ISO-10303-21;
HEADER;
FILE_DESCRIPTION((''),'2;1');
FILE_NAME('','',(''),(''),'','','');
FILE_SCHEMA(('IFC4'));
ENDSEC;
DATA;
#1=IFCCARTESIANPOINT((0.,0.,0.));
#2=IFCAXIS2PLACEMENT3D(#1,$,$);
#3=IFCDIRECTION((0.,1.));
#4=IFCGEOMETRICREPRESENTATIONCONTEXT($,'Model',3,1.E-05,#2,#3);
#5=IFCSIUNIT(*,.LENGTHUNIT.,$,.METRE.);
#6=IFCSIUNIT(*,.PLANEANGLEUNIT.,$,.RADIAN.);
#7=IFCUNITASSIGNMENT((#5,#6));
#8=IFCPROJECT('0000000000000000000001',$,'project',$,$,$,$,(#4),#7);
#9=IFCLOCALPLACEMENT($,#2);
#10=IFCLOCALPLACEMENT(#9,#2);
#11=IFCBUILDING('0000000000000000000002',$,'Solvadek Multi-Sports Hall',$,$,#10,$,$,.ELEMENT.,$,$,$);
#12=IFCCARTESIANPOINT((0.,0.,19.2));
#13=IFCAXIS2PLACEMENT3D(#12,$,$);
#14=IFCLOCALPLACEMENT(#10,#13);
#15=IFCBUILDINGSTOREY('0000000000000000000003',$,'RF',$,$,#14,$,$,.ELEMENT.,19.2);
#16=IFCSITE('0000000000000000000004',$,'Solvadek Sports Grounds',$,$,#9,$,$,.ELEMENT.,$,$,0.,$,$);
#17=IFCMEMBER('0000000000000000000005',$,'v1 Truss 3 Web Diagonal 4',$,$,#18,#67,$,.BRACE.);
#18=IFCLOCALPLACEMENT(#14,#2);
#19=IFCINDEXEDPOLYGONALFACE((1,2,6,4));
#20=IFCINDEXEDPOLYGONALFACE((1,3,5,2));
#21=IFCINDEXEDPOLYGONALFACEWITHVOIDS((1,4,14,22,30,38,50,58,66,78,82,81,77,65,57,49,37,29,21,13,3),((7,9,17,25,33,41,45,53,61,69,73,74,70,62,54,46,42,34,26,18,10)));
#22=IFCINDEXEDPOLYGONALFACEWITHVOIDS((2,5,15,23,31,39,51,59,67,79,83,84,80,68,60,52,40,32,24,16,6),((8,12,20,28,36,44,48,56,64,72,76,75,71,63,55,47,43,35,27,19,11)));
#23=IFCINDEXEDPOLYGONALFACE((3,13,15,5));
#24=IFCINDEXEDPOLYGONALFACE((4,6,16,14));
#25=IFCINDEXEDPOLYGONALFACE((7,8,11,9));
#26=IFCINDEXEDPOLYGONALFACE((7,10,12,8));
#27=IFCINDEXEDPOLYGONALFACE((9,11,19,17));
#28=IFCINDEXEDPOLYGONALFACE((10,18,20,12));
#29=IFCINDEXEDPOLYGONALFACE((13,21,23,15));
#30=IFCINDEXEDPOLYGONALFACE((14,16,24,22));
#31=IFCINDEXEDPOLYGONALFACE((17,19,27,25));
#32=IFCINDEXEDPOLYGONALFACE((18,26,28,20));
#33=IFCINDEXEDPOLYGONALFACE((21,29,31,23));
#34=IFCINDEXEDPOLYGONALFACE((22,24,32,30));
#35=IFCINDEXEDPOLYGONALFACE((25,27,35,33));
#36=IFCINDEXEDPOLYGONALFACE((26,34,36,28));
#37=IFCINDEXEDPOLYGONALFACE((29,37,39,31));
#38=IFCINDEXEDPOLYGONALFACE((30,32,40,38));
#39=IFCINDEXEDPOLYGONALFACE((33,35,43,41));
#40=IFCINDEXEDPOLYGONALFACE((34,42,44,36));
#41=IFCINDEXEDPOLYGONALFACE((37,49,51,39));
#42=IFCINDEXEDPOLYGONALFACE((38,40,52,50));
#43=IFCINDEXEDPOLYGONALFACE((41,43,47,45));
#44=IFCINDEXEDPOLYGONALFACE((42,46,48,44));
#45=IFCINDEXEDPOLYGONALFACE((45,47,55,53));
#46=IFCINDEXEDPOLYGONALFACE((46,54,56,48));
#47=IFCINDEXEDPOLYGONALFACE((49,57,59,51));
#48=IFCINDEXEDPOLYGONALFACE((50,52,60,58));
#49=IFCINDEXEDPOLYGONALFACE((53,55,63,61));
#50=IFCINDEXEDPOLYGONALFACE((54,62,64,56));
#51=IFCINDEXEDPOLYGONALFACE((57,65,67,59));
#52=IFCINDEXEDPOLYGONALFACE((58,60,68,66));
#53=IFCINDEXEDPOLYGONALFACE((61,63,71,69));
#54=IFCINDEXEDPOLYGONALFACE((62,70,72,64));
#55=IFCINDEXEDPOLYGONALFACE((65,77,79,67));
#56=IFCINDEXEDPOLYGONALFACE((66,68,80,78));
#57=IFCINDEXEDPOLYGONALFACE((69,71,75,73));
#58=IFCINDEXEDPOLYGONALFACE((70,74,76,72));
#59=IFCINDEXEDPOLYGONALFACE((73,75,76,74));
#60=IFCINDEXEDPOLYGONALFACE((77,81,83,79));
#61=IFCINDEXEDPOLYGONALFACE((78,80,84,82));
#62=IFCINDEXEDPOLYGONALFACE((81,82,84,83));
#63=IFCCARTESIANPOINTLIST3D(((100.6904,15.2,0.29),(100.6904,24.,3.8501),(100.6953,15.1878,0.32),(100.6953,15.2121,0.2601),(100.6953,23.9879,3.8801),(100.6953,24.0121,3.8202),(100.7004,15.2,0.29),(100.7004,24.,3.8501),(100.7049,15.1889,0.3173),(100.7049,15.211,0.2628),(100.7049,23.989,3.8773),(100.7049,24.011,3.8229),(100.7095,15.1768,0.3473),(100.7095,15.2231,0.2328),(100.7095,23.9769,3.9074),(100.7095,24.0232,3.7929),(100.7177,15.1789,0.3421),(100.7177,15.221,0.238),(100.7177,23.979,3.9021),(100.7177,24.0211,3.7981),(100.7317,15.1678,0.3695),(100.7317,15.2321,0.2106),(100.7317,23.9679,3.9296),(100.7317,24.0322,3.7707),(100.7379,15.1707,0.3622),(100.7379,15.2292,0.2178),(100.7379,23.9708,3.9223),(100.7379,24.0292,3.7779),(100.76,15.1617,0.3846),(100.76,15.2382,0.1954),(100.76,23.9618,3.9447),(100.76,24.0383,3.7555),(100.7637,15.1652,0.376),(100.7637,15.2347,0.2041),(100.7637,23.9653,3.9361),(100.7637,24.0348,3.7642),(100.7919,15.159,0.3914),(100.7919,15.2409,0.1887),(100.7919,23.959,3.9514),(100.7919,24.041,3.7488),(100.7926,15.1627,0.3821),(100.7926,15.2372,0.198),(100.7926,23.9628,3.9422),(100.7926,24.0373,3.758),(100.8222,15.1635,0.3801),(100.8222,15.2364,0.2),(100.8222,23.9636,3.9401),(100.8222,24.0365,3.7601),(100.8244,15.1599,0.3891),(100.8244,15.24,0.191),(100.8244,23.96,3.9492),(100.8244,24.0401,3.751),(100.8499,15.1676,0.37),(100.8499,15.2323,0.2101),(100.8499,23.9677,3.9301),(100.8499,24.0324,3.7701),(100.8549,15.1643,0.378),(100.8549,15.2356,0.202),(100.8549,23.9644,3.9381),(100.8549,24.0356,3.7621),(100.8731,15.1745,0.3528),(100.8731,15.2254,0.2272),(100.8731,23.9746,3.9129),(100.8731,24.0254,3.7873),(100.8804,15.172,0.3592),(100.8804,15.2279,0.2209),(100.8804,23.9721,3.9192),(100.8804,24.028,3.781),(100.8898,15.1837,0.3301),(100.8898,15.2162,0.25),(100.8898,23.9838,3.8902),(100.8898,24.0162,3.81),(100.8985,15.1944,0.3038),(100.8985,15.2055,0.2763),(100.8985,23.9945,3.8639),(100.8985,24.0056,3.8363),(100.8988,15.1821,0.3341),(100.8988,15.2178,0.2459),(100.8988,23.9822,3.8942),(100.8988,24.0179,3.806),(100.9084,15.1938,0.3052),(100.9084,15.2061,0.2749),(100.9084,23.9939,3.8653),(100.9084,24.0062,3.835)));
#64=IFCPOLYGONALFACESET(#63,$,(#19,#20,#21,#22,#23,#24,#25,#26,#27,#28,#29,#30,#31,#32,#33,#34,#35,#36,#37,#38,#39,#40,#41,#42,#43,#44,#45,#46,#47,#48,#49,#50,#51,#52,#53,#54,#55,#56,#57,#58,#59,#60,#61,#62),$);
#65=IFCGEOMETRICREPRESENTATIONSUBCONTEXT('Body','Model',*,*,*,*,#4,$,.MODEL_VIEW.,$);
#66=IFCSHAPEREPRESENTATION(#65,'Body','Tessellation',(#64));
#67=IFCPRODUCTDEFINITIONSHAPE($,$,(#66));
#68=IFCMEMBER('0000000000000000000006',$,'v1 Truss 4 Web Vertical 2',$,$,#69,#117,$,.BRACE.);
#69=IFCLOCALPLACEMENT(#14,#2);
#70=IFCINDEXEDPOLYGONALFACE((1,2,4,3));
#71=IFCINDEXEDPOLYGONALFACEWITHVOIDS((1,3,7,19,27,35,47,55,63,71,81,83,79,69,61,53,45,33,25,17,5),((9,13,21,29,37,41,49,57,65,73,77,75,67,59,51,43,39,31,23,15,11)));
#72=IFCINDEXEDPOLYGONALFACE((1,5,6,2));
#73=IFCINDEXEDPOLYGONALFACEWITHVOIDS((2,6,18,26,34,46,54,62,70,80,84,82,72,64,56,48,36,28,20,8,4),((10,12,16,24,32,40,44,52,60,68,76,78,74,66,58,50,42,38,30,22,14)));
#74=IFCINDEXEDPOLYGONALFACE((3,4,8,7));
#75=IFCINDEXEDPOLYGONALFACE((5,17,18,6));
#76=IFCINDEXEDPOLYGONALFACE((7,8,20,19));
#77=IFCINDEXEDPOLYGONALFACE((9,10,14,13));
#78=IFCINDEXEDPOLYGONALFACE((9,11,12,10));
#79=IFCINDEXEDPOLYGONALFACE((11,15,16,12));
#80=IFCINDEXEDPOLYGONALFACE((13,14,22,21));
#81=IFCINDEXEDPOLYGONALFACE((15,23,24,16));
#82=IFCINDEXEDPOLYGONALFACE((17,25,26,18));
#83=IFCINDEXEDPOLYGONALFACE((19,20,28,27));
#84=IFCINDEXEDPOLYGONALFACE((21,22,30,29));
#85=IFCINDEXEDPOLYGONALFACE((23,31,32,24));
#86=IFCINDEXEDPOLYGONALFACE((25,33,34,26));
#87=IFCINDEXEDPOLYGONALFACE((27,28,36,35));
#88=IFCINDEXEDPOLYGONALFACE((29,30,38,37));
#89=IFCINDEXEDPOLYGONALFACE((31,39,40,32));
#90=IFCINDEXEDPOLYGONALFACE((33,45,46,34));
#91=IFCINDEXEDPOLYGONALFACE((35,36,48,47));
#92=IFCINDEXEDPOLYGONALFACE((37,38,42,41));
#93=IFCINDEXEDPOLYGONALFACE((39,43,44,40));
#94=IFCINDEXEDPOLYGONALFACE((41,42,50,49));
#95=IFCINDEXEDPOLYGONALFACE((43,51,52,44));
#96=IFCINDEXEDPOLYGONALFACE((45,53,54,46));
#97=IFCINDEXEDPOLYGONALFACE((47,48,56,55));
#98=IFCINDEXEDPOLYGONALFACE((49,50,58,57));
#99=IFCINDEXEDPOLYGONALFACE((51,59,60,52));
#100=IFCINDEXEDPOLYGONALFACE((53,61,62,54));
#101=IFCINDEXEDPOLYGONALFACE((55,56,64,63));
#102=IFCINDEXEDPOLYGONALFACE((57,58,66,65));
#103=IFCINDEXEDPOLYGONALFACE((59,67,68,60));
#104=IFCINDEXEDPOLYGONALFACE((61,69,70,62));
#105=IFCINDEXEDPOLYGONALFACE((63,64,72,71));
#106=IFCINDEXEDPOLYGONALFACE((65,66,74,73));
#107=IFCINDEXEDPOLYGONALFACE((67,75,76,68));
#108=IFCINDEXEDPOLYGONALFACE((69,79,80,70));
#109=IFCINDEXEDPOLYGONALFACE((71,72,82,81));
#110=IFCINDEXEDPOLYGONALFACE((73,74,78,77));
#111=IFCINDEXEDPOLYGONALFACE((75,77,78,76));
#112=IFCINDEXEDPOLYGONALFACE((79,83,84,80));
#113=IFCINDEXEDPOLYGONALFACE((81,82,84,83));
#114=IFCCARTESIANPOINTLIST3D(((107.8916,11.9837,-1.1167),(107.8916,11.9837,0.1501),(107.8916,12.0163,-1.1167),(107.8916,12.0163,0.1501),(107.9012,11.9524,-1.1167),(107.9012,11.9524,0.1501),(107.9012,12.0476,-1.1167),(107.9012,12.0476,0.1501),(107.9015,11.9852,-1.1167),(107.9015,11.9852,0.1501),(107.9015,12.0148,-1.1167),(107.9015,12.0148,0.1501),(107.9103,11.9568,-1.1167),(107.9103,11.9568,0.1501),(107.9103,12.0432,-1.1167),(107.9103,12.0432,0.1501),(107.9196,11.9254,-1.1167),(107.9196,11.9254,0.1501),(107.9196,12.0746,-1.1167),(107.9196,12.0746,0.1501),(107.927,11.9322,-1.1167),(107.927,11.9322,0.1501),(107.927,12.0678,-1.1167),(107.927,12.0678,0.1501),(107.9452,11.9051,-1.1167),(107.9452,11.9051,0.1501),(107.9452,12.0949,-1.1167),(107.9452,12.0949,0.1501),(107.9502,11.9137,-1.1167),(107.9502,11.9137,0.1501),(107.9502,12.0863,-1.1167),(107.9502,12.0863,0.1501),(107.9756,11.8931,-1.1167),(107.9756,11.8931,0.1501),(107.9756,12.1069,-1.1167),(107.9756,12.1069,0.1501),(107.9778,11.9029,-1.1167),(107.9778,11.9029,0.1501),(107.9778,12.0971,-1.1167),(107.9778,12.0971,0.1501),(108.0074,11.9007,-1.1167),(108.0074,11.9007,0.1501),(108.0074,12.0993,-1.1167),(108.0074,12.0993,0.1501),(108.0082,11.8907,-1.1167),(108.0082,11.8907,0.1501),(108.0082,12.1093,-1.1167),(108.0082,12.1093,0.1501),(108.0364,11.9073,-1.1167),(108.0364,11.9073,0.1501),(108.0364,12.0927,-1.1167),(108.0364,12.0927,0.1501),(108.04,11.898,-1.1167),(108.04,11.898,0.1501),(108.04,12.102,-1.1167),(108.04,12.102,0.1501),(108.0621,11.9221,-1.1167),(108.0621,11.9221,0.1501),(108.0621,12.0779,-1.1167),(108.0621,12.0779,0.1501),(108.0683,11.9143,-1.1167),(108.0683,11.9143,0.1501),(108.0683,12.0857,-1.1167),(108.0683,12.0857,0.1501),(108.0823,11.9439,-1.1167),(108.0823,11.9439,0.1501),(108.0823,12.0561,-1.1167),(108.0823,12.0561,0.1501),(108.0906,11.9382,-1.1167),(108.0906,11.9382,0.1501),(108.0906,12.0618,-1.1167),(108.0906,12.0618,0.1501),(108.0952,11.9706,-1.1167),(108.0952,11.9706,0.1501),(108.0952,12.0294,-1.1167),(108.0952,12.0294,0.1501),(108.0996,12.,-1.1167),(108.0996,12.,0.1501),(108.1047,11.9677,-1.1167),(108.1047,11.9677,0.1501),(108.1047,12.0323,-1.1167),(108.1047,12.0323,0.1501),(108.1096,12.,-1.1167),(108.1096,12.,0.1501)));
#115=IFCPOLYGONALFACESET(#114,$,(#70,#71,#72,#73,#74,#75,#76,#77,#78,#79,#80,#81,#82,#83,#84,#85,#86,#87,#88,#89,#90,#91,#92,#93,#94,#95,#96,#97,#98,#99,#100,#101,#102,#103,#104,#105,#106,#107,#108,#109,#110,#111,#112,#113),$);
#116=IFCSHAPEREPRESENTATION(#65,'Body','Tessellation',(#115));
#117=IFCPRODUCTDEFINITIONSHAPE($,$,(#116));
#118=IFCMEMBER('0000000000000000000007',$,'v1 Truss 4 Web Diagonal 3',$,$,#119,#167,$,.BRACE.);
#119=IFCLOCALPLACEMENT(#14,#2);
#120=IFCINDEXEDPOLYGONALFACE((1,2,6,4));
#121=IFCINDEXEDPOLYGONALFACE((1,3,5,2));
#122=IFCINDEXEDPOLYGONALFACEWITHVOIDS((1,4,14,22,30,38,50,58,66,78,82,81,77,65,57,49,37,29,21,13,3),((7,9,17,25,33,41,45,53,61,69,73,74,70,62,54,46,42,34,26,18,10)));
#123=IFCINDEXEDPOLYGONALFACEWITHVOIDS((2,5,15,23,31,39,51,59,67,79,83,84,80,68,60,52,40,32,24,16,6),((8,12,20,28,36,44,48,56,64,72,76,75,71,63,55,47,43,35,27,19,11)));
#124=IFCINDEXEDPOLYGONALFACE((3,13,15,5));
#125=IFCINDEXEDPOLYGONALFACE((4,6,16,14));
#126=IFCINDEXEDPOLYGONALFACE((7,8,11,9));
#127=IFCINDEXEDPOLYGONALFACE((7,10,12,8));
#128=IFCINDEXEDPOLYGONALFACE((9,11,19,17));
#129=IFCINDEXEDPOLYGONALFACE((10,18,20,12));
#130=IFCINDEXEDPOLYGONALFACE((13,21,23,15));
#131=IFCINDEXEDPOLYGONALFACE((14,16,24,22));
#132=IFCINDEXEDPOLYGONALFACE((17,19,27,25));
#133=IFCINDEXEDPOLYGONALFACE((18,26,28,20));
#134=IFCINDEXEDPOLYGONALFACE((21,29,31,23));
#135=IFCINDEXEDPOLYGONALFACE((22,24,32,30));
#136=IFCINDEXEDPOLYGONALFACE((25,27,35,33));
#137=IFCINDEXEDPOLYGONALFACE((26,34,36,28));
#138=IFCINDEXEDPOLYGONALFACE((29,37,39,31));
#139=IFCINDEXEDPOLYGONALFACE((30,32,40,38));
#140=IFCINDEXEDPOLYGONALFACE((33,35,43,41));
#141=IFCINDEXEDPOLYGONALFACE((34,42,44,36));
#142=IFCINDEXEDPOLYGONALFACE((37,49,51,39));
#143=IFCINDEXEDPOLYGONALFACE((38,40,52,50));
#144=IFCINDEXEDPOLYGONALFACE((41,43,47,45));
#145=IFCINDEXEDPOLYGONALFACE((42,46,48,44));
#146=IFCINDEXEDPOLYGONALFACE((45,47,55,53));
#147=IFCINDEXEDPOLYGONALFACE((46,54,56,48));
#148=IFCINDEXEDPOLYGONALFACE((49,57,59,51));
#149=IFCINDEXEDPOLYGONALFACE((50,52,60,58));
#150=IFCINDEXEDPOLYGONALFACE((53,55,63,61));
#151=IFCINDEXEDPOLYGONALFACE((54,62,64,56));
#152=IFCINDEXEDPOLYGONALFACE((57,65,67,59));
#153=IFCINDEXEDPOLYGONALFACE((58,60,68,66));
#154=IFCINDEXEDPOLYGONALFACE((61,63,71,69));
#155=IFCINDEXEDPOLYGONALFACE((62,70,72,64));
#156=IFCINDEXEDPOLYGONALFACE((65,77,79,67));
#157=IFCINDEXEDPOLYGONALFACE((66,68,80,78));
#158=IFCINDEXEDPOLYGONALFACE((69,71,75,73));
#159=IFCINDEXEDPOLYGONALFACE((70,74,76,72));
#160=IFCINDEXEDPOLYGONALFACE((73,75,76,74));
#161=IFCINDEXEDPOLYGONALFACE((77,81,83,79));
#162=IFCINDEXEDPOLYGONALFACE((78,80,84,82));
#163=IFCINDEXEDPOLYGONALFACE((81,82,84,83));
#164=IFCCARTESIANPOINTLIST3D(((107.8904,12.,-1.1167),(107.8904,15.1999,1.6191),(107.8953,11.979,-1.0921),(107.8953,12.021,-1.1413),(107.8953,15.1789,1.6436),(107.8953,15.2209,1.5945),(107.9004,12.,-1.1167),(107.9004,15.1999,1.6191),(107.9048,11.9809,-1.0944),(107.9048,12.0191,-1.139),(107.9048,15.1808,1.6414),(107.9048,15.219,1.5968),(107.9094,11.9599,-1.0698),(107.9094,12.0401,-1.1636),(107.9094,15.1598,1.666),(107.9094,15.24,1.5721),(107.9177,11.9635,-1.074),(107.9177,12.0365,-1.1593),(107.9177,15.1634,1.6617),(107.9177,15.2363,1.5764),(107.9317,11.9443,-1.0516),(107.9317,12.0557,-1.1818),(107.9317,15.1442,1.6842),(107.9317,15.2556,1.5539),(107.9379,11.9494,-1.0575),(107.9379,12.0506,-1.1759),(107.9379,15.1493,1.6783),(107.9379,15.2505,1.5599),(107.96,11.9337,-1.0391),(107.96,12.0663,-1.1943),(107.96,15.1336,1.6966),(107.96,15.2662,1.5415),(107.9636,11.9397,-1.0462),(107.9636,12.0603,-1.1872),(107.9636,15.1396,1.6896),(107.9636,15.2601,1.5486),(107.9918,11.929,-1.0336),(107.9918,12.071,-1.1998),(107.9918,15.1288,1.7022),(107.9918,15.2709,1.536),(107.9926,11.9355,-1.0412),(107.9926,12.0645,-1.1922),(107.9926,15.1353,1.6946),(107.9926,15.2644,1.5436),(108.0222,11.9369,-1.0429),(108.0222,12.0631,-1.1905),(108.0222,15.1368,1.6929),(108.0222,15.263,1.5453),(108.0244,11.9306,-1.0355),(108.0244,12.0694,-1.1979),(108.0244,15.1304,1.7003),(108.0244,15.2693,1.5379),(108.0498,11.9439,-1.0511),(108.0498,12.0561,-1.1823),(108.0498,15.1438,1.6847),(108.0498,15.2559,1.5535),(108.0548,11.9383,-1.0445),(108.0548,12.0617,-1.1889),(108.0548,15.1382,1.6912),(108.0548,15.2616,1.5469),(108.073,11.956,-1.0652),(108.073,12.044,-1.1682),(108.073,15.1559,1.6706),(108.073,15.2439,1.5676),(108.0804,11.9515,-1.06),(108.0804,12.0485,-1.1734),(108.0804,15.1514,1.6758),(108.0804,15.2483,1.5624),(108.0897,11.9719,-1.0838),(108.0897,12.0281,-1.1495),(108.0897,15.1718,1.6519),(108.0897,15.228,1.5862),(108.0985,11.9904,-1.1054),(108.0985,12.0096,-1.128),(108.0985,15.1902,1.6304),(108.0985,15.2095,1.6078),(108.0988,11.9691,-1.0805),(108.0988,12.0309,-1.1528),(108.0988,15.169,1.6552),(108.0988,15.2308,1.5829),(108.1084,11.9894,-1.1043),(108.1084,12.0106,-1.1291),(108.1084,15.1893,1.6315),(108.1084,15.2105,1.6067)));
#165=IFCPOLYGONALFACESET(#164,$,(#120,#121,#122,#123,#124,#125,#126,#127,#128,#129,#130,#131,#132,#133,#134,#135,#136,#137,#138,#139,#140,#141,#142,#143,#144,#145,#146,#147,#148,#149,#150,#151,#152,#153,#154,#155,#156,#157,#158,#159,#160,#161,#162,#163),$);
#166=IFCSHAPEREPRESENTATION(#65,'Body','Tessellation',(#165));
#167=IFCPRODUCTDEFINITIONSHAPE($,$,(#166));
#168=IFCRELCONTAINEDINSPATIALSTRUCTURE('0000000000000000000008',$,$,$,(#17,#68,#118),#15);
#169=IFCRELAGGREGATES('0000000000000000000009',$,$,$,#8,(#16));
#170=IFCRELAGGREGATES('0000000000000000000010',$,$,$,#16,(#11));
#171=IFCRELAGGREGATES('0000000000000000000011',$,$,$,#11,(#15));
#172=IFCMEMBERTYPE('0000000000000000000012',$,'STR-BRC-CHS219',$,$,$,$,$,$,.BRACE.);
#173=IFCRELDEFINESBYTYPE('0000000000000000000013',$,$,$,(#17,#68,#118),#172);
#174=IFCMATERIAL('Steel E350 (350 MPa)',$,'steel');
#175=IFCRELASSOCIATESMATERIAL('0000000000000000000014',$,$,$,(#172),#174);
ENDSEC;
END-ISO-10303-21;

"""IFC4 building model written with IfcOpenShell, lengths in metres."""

from ifc_helpers import new_model, si_unit, direction, frame, origin, origin_2d, place, context, subcontext, project, spatial, hollow_circle, extrude, material, material_profile, profile_set, type_object, element, save


model = new_model("IFC4")

# Units and contexts
model_context = context("Model", 3, precision=1e-05, world=origin(), true_north=direction((0.0, 1.0)))
body_context = subcontext(model_context, "Body", "Model", "MODEL_VIEW")
ifc_project = project(units=[si_unit("LENGTHUNIT", "METRE"), si_unit("PLANEANGLEUNIT", "RADIAN")], contexts=[model_context])

# Site, building, storey
site_placement = place(None, origin())
site = spatial("IfcSite", under=ifc_project, at=site_placement, Name="Solvadek Sports Grounds", CompositionType="ELEMENT", RefElevation=0.0)
building_placement = place(site_placement, origin())
building = spatial("IfcBuilding", under=site, at=building_placement, Name="Solvadek Multi-Sports Hall", CompositionType="ELEMENT")
storey_placement = place(building_placement, frame((0.0, 0.0, 19.2)))
storey = spatial("IfcBuildingStorey", under=building, at=storey_placement, Name="RF", CompositionType="ELEMENT", Elevation=19.2)

# Members
ifc_material_1 = material(Name="Steel E350 (350 MPa)", Category="steel")
ifc_material_profile_1 = material_profile(ifc_material_1, hollow_circle(Radius=0.1096, WallThickness=0.01, at=origin_2d()), Name="CHS 219.1x10")
ifc_profile_set_1 = profile_set([ifc_material_profile_1], Name="Steel E350 (350 MPa)")
member_type_1 = type_object("IfcMemberType", Name="STR-BRC-CHS219", PredefinedType="BRACE", material=ifc_profile_set_1)
member_1_placement = place(storey_placement, frame((100.8, 15.2, 0.29), z_axis=(0.0, 0.927015, 0.375024), x_axis=(-1.0, 0.0, 0.0)))
element("IfcMember", 1, at=member_1_placement, inside=storey, type_object=member_type_1, Name="v1 Truss 3 Web Diagonal 4", PredefinedType="BRACE", context=body_context, shape_type="SweptSolid", body=[
    extrude(hollow_circle(Radius=0.1096, WallThickness=0.01, at=origin_2d()), origin(), (0.0, 0.0, 1.0), 9.4929),
])
member_2_placement = place(storey_placement, frame((108.0, 12.0, -1.1167), z_axis=(0.0, 0.0, 1.0), x_axis=(1.0, 0.0, 0.0)))
element("IfcMember", 2, at=member_2_placement, inside=storey, type_object=member_type_1, Name="v1 Truss 4 Web Vertical 2", PredefinedType="BRACE", context=body_context, shape_type="SweptSolid", body=[
    extrude(hollow_circle(Radius=0.1096, WallThickness=0.01, at=origin_2d()), origin(), (0.0, 0.0, 1.0), 1.2668),
])
member_3_placement = place(storey_placement, frame((108.0, 12.0, -1.1167), z_axis=(0.0, 0.760075, 0.649836), x_axis=(-1.0, 0.0, 0.0)))
element("IfcMember", 3, at=member_3_placement, inside=storey, type_object=member_type_1, Name="v1 Truss 4 Web Diagonal 3", PredefinedType="BRACE", context=body_context, shape_type="SweptSolid", body=[
    extrude(hollow_circle(Radius=0.1096, WallThickness=0.01, at=origin_2d()), origin(), (0.0, 0.0, 1.0), 4.21),
])

save(model, "model.ifc")
